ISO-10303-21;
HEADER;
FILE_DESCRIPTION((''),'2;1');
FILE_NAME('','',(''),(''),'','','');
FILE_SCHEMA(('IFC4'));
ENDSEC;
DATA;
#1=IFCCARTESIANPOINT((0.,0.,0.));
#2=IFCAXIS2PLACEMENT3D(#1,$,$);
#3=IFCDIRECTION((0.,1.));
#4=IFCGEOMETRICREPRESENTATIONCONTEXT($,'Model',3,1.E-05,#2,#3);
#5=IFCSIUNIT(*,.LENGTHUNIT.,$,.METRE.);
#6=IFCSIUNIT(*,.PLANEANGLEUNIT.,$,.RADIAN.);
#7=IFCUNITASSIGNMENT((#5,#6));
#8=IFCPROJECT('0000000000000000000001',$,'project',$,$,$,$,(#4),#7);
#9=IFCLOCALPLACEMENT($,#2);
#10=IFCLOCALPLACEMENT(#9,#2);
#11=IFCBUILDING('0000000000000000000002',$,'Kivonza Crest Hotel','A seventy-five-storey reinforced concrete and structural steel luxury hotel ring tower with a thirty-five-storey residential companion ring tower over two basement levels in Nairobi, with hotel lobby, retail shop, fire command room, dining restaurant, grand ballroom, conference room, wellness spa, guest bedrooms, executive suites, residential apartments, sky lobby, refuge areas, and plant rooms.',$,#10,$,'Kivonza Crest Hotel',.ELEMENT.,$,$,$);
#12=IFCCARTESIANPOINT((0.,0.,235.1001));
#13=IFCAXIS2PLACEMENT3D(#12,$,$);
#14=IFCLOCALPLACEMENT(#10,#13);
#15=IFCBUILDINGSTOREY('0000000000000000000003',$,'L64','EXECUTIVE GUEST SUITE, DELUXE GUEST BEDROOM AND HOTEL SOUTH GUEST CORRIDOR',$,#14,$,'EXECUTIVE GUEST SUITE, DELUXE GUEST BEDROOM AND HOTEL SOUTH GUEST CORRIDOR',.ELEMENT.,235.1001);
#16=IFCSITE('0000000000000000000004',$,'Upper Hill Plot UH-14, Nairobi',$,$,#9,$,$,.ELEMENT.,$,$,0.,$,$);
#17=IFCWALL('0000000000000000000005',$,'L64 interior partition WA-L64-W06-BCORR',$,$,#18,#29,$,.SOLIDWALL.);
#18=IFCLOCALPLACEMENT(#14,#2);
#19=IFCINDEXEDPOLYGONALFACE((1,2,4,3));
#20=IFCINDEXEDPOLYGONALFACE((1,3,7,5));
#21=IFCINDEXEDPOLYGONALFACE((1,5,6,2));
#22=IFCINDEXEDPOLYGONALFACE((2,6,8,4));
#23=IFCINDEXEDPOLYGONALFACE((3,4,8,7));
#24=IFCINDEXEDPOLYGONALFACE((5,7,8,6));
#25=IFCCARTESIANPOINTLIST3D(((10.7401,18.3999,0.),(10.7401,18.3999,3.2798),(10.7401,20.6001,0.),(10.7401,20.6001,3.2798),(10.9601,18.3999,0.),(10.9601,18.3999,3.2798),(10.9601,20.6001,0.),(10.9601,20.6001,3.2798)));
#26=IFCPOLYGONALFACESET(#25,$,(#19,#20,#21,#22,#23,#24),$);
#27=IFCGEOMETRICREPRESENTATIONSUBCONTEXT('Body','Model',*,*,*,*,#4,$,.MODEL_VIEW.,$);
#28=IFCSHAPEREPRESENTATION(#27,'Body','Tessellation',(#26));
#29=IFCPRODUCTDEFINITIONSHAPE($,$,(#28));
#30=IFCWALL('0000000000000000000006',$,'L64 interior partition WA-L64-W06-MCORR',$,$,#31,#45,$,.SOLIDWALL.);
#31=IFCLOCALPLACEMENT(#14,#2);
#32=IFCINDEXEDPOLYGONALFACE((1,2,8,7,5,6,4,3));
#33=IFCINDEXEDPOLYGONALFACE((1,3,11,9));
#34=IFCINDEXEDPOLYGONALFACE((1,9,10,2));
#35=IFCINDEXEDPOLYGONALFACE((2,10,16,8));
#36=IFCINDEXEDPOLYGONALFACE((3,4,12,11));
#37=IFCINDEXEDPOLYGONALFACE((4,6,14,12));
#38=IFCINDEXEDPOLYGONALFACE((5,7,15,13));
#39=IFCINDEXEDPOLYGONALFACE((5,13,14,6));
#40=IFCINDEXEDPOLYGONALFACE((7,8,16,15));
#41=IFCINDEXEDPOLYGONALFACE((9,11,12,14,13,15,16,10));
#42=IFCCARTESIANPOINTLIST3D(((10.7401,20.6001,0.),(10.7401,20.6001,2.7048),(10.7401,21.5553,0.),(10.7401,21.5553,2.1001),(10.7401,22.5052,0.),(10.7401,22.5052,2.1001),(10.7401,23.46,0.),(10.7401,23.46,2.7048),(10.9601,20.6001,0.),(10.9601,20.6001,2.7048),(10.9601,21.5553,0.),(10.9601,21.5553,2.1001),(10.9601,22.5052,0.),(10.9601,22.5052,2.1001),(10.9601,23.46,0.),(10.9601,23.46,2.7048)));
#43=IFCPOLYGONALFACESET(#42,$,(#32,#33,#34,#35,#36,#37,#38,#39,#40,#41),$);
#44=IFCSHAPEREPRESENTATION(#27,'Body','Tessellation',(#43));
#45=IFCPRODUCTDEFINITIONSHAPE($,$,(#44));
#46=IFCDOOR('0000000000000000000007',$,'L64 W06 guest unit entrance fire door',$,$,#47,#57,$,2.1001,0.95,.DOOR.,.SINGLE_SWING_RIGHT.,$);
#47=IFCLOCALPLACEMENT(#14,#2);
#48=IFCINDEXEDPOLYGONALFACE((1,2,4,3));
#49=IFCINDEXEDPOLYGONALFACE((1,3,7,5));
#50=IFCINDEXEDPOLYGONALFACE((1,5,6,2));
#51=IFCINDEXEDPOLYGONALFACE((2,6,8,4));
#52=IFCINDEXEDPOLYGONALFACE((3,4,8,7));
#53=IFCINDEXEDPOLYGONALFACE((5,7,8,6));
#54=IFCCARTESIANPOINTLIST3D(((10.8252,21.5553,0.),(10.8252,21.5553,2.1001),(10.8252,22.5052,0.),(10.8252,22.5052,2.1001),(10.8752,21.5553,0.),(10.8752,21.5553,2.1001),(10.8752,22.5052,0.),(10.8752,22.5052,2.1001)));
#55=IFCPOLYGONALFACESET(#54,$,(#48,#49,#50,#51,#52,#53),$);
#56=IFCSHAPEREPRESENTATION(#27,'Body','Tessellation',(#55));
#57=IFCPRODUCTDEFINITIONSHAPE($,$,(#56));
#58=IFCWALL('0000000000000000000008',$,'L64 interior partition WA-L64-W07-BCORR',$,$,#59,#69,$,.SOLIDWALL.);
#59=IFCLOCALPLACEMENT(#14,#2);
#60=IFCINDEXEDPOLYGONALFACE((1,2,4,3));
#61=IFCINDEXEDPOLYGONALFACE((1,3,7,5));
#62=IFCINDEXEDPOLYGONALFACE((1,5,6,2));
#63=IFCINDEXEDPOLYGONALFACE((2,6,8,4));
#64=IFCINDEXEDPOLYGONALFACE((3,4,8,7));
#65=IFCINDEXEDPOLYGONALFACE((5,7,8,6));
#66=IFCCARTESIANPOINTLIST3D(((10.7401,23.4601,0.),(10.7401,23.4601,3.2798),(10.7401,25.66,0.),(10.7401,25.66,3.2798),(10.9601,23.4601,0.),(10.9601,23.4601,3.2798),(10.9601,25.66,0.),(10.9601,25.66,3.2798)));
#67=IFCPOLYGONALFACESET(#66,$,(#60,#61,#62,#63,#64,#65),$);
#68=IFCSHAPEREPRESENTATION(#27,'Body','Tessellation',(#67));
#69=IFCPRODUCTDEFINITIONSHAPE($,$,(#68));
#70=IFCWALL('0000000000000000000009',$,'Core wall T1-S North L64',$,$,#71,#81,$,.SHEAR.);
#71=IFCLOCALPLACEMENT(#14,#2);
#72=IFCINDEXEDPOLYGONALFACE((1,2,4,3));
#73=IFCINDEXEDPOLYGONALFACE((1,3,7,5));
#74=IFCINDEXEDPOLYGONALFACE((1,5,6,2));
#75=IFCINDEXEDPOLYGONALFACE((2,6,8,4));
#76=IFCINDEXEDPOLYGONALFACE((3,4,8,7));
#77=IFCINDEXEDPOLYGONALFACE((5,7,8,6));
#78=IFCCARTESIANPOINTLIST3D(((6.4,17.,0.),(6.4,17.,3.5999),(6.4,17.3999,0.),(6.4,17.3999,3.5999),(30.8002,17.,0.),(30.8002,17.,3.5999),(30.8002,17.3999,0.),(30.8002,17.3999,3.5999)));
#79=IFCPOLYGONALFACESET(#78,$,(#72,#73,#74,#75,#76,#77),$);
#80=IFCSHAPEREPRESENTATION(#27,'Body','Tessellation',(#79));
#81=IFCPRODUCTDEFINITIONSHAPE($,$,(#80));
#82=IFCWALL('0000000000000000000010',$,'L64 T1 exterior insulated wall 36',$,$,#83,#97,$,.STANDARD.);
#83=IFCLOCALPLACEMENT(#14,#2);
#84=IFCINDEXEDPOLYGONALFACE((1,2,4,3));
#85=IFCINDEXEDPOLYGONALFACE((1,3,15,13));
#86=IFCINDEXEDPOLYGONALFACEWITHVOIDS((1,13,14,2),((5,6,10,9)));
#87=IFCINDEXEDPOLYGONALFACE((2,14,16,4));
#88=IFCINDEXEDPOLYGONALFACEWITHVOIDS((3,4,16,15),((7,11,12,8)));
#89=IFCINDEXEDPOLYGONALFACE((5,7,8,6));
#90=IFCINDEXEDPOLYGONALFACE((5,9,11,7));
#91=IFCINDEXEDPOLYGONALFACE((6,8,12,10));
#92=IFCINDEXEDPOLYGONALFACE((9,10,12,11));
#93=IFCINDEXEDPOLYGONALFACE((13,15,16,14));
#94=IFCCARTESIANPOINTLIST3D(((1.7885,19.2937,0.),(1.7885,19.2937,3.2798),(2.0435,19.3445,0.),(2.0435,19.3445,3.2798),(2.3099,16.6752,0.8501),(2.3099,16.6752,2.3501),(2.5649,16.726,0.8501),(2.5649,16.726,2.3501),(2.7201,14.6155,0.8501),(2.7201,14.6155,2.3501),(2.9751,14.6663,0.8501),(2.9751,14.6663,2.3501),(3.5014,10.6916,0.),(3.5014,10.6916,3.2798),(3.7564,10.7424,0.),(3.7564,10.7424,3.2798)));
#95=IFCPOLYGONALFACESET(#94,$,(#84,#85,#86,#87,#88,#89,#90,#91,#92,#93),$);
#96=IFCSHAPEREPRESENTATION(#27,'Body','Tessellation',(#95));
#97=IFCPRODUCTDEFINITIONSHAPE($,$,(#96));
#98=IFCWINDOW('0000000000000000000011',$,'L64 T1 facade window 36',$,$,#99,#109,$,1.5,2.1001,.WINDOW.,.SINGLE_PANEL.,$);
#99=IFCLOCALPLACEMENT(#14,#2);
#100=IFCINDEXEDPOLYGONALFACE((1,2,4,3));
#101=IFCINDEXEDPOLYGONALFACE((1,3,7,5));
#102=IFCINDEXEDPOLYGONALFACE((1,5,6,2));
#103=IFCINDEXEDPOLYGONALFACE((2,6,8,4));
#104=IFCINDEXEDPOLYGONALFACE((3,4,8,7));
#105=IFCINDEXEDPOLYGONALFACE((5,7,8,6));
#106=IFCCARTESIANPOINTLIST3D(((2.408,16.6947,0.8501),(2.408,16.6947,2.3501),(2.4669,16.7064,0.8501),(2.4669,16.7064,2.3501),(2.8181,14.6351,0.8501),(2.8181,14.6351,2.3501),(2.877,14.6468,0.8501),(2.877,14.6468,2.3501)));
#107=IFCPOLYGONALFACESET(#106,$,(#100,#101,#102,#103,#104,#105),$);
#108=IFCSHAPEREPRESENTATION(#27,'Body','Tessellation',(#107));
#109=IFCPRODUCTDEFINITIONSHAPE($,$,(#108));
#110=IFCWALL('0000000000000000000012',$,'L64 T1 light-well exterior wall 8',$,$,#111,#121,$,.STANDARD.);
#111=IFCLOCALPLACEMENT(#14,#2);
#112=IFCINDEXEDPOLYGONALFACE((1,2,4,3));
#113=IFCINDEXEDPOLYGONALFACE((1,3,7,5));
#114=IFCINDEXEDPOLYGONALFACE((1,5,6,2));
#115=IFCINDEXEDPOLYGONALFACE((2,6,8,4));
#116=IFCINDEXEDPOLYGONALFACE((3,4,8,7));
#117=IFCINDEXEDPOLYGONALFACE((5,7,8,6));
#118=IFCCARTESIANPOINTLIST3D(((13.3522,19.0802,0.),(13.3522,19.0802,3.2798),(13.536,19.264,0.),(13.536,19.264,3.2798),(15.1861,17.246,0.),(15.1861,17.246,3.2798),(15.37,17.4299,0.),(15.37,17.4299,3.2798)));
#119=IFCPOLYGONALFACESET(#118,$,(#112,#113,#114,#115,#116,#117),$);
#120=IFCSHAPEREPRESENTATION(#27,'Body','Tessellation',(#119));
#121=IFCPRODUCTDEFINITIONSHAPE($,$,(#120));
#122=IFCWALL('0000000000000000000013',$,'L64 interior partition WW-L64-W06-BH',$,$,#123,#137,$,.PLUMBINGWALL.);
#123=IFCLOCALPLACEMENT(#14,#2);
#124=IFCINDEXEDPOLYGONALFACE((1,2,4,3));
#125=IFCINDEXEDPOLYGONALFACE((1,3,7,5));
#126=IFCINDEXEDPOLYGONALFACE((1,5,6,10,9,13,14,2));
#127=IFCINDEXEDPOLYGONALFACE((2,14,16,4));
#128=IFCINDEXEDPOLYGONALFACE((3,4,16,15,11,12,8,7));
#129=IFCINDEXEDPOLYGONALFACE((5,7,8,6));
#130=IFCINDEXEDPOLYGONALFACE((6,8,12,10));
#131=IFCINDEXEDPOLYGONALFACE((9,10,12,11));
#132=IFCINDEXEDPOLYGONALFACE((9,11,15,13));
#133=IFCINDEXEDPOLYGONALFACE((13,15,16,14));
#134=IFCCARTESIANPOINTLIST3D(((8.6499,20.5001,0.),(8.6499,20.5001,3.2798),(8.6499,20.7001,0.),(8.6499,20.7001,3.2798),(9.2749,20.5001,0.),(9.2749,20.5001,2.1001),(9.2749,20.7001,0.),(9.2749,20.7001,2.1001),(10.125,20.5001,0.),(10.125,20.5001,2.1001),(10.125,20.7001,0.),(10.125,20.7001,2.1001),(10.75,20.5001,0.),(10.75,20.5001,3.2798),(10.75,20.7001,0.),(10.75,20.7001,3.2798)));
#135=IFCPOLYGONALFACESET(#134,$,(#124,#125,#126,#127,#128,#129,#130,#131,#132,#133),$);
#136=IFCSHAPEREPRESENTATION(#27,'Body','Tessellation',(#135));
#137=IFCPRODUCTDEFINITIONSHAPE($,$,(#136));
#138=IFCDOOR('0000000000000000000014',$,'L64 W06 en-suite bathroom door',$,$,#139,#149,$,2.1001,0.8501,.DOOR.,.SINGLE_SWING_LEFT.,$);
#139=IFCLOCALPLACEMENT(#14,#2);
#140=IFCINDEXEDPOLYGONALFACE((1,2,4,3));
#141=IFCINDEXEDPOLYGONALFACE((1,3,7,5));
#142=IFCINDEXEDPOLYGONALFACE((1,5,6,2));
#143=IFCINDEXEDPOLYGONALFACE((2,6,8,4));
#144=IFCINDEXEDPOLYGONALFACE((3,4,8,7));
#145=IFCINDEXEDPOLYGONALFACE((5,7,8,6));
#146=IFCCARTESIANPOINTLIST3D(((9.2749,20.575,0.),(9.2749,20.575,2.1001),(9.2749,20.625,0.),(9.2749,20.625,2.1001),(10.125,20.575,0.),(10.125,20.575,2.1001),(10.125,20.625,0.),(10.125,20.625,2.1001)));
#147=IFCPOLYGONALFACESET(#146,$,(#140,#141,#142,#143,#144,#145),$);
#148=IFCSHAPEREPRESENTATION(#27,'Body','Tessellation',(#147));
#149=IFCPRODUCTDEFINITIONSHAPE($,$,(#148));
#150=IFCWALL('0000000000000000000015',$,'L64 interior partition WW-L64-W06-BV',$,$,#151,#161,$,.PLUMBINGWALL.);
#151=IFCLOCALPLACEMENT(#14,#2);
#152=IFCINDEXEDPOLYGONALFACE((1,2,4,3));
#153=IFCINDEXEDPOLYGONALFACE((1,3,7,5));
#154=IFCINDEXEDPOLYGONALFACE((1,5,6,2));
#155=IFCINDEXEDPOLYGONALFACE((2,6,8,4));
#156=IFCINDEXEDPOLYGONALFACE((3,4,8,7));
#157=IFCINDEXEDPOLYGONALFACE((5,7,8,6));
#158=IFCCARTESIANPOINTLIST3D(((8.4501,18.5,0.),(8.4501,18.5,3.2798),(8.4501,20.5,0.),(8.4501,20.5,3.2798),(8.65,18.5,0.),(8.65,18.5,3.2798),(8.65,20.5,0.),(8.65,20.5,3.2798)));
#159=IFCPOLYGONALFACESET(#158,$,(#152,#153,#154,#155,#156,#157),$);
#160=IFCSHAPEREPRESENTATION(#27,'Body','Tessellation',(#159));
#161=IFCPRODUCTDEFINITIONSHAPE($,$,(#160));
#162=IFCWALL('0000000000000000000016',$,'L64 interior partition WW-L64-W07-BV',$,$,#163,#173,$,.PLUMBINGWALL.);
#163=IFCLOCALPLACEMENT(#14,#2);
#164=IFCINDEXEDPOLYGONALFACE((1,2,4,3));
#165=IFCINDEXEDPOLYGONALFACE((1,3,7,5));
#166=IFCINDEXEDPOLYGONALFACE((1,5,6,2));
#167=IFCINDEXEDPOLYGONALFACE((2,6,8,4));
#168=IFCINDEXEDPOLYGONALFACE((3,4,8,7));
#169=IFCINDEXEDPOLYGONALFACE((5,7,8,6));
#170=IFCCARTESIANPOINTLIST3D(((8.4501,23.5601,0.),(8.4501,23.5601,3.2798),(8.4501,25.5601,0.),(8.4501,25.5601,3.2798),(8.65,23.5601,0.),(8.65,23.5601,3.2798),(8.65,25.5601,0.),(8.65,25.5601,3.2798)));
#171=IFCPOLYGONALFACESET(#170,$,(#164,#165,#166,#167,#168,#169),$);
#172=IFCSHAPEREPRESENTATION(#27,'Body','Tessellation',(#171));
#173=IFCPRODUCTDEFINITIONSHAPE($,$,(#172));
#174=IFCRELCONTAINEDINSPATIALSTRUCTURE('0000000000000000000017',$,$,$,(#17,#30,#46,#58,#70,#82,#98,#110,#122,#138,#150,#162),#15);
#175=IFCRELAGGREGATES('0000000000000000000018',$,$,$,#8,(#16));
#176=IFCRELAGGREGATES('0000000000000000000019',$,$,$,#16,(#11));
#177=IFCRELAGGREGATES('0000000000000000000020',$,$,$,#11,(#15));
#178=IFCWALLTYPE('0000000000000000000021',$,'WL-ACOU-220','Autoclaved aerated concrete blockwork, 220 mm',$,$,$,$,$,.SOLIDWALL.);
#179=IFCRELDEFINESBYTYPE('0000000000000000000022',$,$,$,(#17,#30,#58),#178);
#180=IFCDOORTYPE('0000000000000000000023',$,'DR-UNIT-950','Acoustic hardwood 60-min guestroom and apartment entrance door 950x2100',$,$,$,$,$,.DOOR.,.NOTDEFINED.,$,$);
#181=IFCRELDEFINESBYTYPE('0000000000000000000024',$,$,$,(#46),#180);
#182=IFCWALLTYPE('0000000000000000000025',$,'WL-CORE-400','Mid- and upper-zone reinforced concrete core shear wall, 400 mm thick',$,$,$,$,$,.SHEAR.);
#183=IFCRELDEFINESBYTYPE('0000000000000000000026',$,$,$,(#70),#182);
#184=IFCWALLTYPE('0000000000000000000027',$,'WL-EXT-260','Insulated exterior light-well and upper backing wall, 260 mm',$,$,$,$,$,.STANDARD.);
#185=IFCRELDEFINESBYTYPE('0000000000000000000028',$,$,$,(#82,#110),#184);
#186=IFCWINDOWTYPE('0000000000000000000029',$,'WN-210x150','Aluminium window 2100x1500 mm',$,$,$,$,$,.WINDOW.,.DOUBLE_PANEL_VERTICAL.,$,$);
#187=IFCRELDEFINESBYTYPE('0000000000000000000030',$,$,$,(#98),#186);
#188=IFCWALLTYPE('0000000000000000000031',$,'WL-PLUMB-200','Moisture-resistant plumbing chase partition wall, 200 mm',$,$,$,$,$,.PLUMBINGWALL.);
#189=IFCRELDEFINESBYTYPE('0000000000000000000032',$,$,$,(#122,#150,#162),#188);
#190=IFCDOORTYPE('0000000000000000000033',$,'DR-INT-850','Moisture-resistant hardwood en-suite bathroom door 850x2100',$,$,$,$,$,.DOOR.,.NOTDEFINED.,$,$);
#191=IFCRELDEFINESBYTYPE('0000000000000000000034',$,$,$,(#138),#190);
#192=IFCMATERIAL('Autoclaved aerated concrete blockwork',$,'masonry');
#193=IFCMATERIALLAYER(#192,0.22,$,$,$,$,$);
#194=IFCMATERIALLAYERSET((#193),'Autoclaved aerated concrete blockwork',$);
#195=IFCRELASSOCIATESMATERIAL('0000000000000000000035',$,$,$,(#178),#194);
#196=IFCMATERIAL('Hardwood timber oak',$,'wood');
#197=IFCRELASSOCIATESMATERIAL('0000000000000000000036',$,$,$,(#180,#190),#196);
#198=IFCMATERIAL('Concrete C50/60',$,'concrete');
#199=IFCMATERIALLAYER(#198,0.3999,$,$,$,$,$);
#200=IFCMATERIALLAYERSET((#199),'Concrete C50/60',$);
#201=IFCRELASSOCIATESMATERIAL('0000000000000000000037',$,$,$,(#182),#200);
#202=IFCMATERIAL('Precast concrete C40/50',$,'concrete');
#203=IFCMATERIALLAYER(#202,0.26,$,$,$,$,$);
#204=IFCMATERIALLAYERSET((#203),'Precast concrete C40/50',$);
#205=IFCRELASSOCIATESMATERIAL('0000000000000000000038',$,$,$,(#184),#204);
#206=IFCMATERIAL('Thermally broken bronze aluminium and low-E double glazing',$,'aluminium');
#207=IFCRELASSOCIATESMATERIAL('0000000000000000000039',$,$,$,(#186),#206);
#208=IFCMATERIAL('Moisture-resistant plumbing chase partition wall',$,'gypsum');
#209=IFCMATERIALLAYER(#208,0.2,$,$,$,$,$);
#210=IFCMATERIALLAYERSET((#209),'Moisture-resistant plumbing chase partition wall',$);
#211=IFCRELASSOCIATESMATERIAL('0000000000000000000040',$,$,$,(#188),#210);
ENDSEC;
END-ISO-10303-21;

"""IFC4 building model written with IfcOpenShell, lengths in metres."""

from ifc_helpers import new_model, si_unit, direction, frame, frame_2d, origin, place, context, subcontext, project, spatial, rectangle, extrude, material, layer, layer_set, type_object, element, fill, save


model = new_model("IFC4")

# Units and contexts
model_context = context("Model", 3, precision=1e-05, world=origin(), true_north=direction((0.0, 1.0)))
body_context = subcontext(model_context, "Body", "Model", "MODEL_VIEW")
ifc_project = project(units=[si_unit("LENGTHUNIT", "METRE"), si_unit("PLANEANGLEUNIT", "RADIAN")], contexts=[model_context])

# Site, building, storey
site_placement = place(None, origin())
site = spatial("IfcSite", under=ifc_project, at=site_placement, Name="Upper Hill Plot UH-14, Nairobi", CompositionType="ELEMENT", RefElevation=0.0)
building_placement = place(site_placement, origin())
building = spatial("IfcBuilding", under=site, at=building_placement, Name="Kivonza Crest Hotel", Description="A seventy-five-storey reinforced concrete and structural steel luxury hotel ring tower with a thirty-five-storey residential companion ring tower over two basement levels in Nairobi, with hotel lobby, retail shop, fire command room, dining restaurant, grand ballroom, conference room, wellness spa, guest bedrooms, executive suites, residential apartments, sky lobby, refuge areas, and plant rooms.", LongName="Kivonza Crest Hotel", CompositionType="ELEMENT")
storey_placement = place(building_placement, frame((0.0, 0.0, 235.1001)))
storey = spatial("IfcBuildingStorey", under=building, at=storey_placement, Name="L64", Description="EXECUTIVE GUEST SUITE, DELUXE GUEST BEDROOM AND HOTEL SOUTH GUEST CORRIDOR", LongName="EXECUTIVE GUEST SUITE, DELUXE GUEST BEDROOM AND HOTEL SOUTH GUEST CORRIDOR", CompositionType="ELEMENT", Elevation=235.1001)

# Shared definitions
ifc_material_1 = material(Name="Concrete C50/60", Category="concrete")

# Wall
ifc_material_2 = material(Name="Autoclaved aerated concrete blockwork", Category="masonry")
ifc_layer_1 = layer(ifc_material_2, 0.22)
ifc_layer_set_1 = layer_set([ifc_layer_1], Name="Autoclaved aerated concrete blockwork")
wall_type_1 = type_object("IfcWallType", Name="WL-ACOU-220", Description="Autoclaved aerated concrete blockwork, 220 mm", PredefinedType="SOLIDWALL", material=ifc_layer_set_1)
wall_1_placement = place(storey_placement, frame((10.8501, 18.3999, 0.0), z_axis=(0.0, 0.0, 1.0), x_axis=(0.0, 1.0, 0.0)))
element("IfcWall", 1, at=wall_1_placement, inside=storey, type_object=wall_type_1, Name="L64 interior partition WA-L64-W06-BCORR", PredefinedType="SOLIDWALL", context=body_context, shape_type="SweptSolid", body=[
    extrude(rectangle(XDim=2.2002, YDim=0.22, at=frame_2d((1.1001, 0.0))), origin(), (0.0, 0.0, 1.0), 3.2798),
])

# Wall, opening, door
wall_2_placement = place(storey_placement, frame((10.8501, 20.6001, 0.0), z_axis=(0.0, 0.0, 1.0), x_axis=(0.0, 1.0, 0.0)))
wall_2 = element("IfcWall", 2, at=wall_2_placement, inside=storey, type_object=wall_type_1, Name="L64 interior partition WA-L64-W06-MCORR", PredefinedType="SOLIDWALL", context=body_context, shape_type="SweptSolid", body=[
    extrude(rectangle(XDim=2.8599, YDim=0.22, at=frame_2d((1.4299, 0.0))), origin(), (0.0, 0.0, 1.0), 2.7048),
])
opening_1_placement = place(wall_2_placement, frame((0.9551, 0.0, 0.0)))
opening_1 = element("IfcOpeningElement", 3, at=opening_1_placement, cuts=wall_2, PredefinedType="OPENING", context=body_context, shape_type="SweptSolid", body=[
    extrude(rectangle(XDim=0.95, YDim=2.1001, at=frame_2d((0.4751, 1.05))), frame((0.0, 0.1201, 0.0), z_axis=(0.0, -1.0, 0.0), x_axis=(1.0, 0.0, 0.0)), (0.0, 0.0, 1.0), 0.24),
])
ifc_material_3 = material(Name="Hardwood timber oak", Category="wood")
door_type_1 = type_object("IfcDoorType", Name="DR-UNIT-950", Description="Acoustic hardwood 60-min guestroom and apartment entrance door 950x2100", OperationType="NOTDEFINED", PredefinedType="DOOR", material=ifc_material_3)
door_1_placement = place(opening_1_placement, origin())
door_1 = element("IfcDoor", 4, at=door_1_placement, inside=storey, type_object=door_type_1, Name="L64 W06 guest unit entrance fire door", OperationType="SINGLE_SWING_RIGHT", OverallHeight=2.1001, OverallWidth=0.95, PredefinedType="DOOR", context=body_context, shape_type="SweptSolid", body=[
    extrude(rectangle(XDim=0.95, YDim=2.1001, at=frame_2d((0.4751, 1.05))), frame((0.0, 0.0249, 0.0), z_axis=(0.0, -1.0, 0.0), x_axis=(1.0, 0.0, 0.0)), (0.0, 0.0, 1.0), 0.05),
])
fill(opening_1, door_1)

# Walls
wall_3_placement = place(storey_placement, frame((10.8501, 23.46, 0.0), z_axis=(0.0, 0.0, 1.0), x_axis=(0.0, 1.0, 0.0)))
element("IfcWall", 5, at=wall_3_placement, inside=storey, type_object=wall_type_1, Name="L64 interior partition WA-L64-W07-BCORR", PredefinedType="SOLIDWALL", context=body_context, shape_type="SweptSolid", body=[
    extrude(rectangle(XDim=2.2, YDim=0.22, at=frame_2d((1.1001, 0.0))), origin(), (0.0, 0.0, 1.0), 3.2798),
])
ifc_layer_2 = layer(ifc_material_1, 0.3999)
ifc_layer_set_2 = layer_set([ifc_layer_2], Name="Concrete C50/60")
wall_type_2 = type_object("IfcWallType", Name="WL-CORE-400", Description="Mid- and upper-zone reinforced concrete core shear wall, 400 mm thick", PredefinedType="SHEAR", material=ifc_layer_set_2)
wall_4_placement = place(storey_placement, frame((6.3999, 17.2, 0.0), z_axis=(0.0, 0.0, 1.0), x_axis=(1.0, 0.0, 0.0)))
element("IfcWall", 6, at=wall_4_placement, inside=storey, type_object=wall_type_2, Name="Core wall T1-S North L64", PredefinedType="SHEAR", context=body_context, shape_type="SweptSolid", body=[
    extrude(rectangle(XDim=24.4001, YDim=0.3999, at=frame_2d((12.2002, 0.0))), origin(), (0.0, 0.0, 1.0), 3.5999),
])

# Wall, opening, window
ifc_material_4 = material(Name="Precast concrete C40/50", Category="concrete")
ifc_layer_3 = layer(ifc_material_4, 0.26)
ifc_layer_set_3 = layer_set([ifc_layer_3], Name="Precast concrete C40/50")
wall_type_3 = type_object("IfcWallType", Name="WL-EXT-260", Description="Insulated exterior light-well and upper backing wall, 260 mm", PredefinedType="STANDARD", material=ifc_layer_set_3)
wall_5_placement = place(storey_placement, frame((1.916, 19.3191, 0.0), z_axis=(0.0, 0.0, 1.0), x_axis=(0.195292, -0.980745, 0.0)))
wall_5 = element("IfcWall", 7, at=wall_5_placement, inside=storey, type_object=wall_type_3, Name="L64 T1 exterior insulated wall 36", PredefinedType="STANDARD", context=body_context, shape_type="SweptSolid", body=[
    extrude(rectangle(XDim=8.771, YDim=0.26, at=frame_2d((4.3855, 0.0))), origin(), (0.0, 0.0, 1.0), 3.2798),
])
opening_2_placement = place(wall_5_placement, frame((2.6699, 0.0, 0.8501)))
opening_2 = element("IfcOpeningElement", 8, at=opening_2_placement, cuts=wall_5, PredefinedType="OPENING", context=body_context, shape_type="SweptSolid", body=[
    extrude(rectangle(XDim=2.1001, YDim=1.5, at=frame_2d((1.05, 0.75))), frame((0.0, 0.1401, 0.0), z_axis=(0.0, -1.0, 0.0), x_axis=(1.0, 0.0, 0.0)), (0.0, 0.0, 1.0), 0.28),
])
ifc_material_5 = material(Name="Thermally broken bronze aluminium and low-E double glazing", Category="aluminium")
window_type = type_object("IfcWindowType", Name="WN-210x150", Description="Aluminium window 2100x1500 mm", PartitioningType="DOUBLE_PANEL_VERTICAL", PredefinedType="WINDOW", material=ifc_material_5)
window_placement = place(opening_2_placement, origin())
window = element("IfcWindow", 9, at=window_placement, inside=storey, type_object=window_type, Name="L64 T1 facade window 36", OverallHeight=1.5, OverallWidth=2.1001, PartitioningType="SINGLE_PANEL", PredefinedType="WINDOW", context=body_context, shape_type="SweptSolid", body=[
    extrude(rectangle(XDim=2.1001, YDim=1.5, at=frame_2d((1.05, 0.75))), frame((0.0, 0.03, 0.0), z_axis=(0.0, -1.0, 0.0), x_axis=(1.0, 0.0, 0.0)), (0.0, 0.0, 1.0), 0.0601),
])
fill(opening_2, window)

# Wall
wall_6_placement = place(storey_placement, frame((13.4441, 19.1721, 0.0), z_axis=(0.0, 0.0, 1.0), x_axis=(0.70706, -0.707154, 0.0)))
element("IfcWall", 10, at=wall_6_placement, inside=storey, type_object=wall_type_3, Name="L64 T1 light-well exterior wall 8", PredefinedType="STANDARD", context=body_context, shape_type="SweptSolid", body=[
    extrude(rectangle(XDim=2.5938, YDim=0.26, at=frame_2d((1.2969, 0.0))), origin(), (0.0, 0.0, 1.0), 3.2798),
])

# Wall, opening, door
ifc_material_6 = material(Name="Moisture-resistant plumbing chase partition wall", Category="gypsum")
ifc_layer_4 = layer(ifc_material_6, 0.2)
ifc_layer_set_4 = layer_set([ifc_layer_4], Name="Moisture-resistant plumbing chase partition wall")
wall_type_4 = type_object("IfcWallType", Name="WL-PLUMB-200", Description="Moisture-resistant plumbing chase partition wall, 200 mm", PredefinedType="PLUMBINGWALL", material=ifc_layer_set_4)
wall_7_placement = place(storey_placement, frame((8.6499, 20.6001, 0.0), z_axis=(0.0, 0.0, 1.0), x_axis=(1.0, 0.0, 0.0)))
wall_7 = element("IfcWall", 11, at=wall_7_placement, inside=storey, type_object=wall_type_4, Name="L64 interior partition WW-L64-W06-BH", PredefinedType="PLUMBINGWALL", context=body_context, shape_type="SweptSolid", body=[
    extrude(rectangle(XDim=2.1001, YDim=0.2, at=frame_2d((1.05, 0.0))), origin(), (0.0, 0.0, 1.0), 3.2798),
])
opening_3_placement = place(wall_7_placement, frame((0.625, 0.0, 0.0)))
opening_3 = element("IfcOpeningElement", 12, at=opening_3_placement, cuts=wall_7, PredefinedType="OPENING", context=body_context, shape_type="SweptSolid", body=[
    extrude(rectangle(XDim=0.8501, YDim=2.1001, at=frame_2d((0.425, 1.05))), frame((0.0, 0.1099, 0.0), z_axis=(0.0, -1.0, 0.0), x_axis=(1.0, 0.0, 0.0)), (0.0, 0.0, 1.0), 0.22),
])
door_type_2 = type_object("IfcDoorType", Name="DR-INT-850", Description="Moisture-resistant hardwood en-suite bathroom door 850x2100", OperationType="NOTDEFINED", PredefinedType="DOOR", material=ifc_material_3)
door_2_placement = place(opening_3_placement, origin())
door_2 = element("IfcDoor", 13, at=door_2_placement, inside=storey, type_object=door_type_2, Name="L64 W06 en-suite bathroom door", OperationType="SINGLE_SWING_LEFT", OverallHeight=2.1001, OverallWidth=0.8501, PredefinedType="DOOR", context=body_context, shape_type="SweptSolid", body=[
    extrude(rectangle(XDim=0.8501, YDim=2.1001, at=frame_2d((0.425, 1.05))), frame((0.0, 0.0249, 0.0), z_axis=(0.0, -1.0, 0.0), x_axis=(1.0, 0.0, 0.0)), (0.0, 0.0, 1.0), 0.05),
])
fill(opening_3, door_2)

# Walls
for number, where, z_axis, x_axis, name in (
    (14, (8.55, 18.5, 0.0), (0.0, 0.0, 1.0), (0.0, 1.0, 0.0), "L64 interior partition WW-L64-W06-BV"),
    (15, (8.55, 23.5601, 0.0), (0.0, 0.0, 1.0), (0.0, 1.0, 0.0), "L64 interior partition WW-L64-W07-BV"),
):
    element("IfcWall", number, at=place(storey_placement, frame(where, z_axis=z_axis, x_axis=x_axis)), inside=storey, type_object=wall_type_4, Name=name, PredefinedType="PLUMBINGWALL", context=body_context, shape_type="SweptSolid", body=[
        extrude(rectangle(XDim=2.0, YDim=0.2, at=frame_2d((1.0, 0.0))), origin(), (0.0, 0.0, 1.0), 3.2798),
    ])

save(model, "model.ifc")
